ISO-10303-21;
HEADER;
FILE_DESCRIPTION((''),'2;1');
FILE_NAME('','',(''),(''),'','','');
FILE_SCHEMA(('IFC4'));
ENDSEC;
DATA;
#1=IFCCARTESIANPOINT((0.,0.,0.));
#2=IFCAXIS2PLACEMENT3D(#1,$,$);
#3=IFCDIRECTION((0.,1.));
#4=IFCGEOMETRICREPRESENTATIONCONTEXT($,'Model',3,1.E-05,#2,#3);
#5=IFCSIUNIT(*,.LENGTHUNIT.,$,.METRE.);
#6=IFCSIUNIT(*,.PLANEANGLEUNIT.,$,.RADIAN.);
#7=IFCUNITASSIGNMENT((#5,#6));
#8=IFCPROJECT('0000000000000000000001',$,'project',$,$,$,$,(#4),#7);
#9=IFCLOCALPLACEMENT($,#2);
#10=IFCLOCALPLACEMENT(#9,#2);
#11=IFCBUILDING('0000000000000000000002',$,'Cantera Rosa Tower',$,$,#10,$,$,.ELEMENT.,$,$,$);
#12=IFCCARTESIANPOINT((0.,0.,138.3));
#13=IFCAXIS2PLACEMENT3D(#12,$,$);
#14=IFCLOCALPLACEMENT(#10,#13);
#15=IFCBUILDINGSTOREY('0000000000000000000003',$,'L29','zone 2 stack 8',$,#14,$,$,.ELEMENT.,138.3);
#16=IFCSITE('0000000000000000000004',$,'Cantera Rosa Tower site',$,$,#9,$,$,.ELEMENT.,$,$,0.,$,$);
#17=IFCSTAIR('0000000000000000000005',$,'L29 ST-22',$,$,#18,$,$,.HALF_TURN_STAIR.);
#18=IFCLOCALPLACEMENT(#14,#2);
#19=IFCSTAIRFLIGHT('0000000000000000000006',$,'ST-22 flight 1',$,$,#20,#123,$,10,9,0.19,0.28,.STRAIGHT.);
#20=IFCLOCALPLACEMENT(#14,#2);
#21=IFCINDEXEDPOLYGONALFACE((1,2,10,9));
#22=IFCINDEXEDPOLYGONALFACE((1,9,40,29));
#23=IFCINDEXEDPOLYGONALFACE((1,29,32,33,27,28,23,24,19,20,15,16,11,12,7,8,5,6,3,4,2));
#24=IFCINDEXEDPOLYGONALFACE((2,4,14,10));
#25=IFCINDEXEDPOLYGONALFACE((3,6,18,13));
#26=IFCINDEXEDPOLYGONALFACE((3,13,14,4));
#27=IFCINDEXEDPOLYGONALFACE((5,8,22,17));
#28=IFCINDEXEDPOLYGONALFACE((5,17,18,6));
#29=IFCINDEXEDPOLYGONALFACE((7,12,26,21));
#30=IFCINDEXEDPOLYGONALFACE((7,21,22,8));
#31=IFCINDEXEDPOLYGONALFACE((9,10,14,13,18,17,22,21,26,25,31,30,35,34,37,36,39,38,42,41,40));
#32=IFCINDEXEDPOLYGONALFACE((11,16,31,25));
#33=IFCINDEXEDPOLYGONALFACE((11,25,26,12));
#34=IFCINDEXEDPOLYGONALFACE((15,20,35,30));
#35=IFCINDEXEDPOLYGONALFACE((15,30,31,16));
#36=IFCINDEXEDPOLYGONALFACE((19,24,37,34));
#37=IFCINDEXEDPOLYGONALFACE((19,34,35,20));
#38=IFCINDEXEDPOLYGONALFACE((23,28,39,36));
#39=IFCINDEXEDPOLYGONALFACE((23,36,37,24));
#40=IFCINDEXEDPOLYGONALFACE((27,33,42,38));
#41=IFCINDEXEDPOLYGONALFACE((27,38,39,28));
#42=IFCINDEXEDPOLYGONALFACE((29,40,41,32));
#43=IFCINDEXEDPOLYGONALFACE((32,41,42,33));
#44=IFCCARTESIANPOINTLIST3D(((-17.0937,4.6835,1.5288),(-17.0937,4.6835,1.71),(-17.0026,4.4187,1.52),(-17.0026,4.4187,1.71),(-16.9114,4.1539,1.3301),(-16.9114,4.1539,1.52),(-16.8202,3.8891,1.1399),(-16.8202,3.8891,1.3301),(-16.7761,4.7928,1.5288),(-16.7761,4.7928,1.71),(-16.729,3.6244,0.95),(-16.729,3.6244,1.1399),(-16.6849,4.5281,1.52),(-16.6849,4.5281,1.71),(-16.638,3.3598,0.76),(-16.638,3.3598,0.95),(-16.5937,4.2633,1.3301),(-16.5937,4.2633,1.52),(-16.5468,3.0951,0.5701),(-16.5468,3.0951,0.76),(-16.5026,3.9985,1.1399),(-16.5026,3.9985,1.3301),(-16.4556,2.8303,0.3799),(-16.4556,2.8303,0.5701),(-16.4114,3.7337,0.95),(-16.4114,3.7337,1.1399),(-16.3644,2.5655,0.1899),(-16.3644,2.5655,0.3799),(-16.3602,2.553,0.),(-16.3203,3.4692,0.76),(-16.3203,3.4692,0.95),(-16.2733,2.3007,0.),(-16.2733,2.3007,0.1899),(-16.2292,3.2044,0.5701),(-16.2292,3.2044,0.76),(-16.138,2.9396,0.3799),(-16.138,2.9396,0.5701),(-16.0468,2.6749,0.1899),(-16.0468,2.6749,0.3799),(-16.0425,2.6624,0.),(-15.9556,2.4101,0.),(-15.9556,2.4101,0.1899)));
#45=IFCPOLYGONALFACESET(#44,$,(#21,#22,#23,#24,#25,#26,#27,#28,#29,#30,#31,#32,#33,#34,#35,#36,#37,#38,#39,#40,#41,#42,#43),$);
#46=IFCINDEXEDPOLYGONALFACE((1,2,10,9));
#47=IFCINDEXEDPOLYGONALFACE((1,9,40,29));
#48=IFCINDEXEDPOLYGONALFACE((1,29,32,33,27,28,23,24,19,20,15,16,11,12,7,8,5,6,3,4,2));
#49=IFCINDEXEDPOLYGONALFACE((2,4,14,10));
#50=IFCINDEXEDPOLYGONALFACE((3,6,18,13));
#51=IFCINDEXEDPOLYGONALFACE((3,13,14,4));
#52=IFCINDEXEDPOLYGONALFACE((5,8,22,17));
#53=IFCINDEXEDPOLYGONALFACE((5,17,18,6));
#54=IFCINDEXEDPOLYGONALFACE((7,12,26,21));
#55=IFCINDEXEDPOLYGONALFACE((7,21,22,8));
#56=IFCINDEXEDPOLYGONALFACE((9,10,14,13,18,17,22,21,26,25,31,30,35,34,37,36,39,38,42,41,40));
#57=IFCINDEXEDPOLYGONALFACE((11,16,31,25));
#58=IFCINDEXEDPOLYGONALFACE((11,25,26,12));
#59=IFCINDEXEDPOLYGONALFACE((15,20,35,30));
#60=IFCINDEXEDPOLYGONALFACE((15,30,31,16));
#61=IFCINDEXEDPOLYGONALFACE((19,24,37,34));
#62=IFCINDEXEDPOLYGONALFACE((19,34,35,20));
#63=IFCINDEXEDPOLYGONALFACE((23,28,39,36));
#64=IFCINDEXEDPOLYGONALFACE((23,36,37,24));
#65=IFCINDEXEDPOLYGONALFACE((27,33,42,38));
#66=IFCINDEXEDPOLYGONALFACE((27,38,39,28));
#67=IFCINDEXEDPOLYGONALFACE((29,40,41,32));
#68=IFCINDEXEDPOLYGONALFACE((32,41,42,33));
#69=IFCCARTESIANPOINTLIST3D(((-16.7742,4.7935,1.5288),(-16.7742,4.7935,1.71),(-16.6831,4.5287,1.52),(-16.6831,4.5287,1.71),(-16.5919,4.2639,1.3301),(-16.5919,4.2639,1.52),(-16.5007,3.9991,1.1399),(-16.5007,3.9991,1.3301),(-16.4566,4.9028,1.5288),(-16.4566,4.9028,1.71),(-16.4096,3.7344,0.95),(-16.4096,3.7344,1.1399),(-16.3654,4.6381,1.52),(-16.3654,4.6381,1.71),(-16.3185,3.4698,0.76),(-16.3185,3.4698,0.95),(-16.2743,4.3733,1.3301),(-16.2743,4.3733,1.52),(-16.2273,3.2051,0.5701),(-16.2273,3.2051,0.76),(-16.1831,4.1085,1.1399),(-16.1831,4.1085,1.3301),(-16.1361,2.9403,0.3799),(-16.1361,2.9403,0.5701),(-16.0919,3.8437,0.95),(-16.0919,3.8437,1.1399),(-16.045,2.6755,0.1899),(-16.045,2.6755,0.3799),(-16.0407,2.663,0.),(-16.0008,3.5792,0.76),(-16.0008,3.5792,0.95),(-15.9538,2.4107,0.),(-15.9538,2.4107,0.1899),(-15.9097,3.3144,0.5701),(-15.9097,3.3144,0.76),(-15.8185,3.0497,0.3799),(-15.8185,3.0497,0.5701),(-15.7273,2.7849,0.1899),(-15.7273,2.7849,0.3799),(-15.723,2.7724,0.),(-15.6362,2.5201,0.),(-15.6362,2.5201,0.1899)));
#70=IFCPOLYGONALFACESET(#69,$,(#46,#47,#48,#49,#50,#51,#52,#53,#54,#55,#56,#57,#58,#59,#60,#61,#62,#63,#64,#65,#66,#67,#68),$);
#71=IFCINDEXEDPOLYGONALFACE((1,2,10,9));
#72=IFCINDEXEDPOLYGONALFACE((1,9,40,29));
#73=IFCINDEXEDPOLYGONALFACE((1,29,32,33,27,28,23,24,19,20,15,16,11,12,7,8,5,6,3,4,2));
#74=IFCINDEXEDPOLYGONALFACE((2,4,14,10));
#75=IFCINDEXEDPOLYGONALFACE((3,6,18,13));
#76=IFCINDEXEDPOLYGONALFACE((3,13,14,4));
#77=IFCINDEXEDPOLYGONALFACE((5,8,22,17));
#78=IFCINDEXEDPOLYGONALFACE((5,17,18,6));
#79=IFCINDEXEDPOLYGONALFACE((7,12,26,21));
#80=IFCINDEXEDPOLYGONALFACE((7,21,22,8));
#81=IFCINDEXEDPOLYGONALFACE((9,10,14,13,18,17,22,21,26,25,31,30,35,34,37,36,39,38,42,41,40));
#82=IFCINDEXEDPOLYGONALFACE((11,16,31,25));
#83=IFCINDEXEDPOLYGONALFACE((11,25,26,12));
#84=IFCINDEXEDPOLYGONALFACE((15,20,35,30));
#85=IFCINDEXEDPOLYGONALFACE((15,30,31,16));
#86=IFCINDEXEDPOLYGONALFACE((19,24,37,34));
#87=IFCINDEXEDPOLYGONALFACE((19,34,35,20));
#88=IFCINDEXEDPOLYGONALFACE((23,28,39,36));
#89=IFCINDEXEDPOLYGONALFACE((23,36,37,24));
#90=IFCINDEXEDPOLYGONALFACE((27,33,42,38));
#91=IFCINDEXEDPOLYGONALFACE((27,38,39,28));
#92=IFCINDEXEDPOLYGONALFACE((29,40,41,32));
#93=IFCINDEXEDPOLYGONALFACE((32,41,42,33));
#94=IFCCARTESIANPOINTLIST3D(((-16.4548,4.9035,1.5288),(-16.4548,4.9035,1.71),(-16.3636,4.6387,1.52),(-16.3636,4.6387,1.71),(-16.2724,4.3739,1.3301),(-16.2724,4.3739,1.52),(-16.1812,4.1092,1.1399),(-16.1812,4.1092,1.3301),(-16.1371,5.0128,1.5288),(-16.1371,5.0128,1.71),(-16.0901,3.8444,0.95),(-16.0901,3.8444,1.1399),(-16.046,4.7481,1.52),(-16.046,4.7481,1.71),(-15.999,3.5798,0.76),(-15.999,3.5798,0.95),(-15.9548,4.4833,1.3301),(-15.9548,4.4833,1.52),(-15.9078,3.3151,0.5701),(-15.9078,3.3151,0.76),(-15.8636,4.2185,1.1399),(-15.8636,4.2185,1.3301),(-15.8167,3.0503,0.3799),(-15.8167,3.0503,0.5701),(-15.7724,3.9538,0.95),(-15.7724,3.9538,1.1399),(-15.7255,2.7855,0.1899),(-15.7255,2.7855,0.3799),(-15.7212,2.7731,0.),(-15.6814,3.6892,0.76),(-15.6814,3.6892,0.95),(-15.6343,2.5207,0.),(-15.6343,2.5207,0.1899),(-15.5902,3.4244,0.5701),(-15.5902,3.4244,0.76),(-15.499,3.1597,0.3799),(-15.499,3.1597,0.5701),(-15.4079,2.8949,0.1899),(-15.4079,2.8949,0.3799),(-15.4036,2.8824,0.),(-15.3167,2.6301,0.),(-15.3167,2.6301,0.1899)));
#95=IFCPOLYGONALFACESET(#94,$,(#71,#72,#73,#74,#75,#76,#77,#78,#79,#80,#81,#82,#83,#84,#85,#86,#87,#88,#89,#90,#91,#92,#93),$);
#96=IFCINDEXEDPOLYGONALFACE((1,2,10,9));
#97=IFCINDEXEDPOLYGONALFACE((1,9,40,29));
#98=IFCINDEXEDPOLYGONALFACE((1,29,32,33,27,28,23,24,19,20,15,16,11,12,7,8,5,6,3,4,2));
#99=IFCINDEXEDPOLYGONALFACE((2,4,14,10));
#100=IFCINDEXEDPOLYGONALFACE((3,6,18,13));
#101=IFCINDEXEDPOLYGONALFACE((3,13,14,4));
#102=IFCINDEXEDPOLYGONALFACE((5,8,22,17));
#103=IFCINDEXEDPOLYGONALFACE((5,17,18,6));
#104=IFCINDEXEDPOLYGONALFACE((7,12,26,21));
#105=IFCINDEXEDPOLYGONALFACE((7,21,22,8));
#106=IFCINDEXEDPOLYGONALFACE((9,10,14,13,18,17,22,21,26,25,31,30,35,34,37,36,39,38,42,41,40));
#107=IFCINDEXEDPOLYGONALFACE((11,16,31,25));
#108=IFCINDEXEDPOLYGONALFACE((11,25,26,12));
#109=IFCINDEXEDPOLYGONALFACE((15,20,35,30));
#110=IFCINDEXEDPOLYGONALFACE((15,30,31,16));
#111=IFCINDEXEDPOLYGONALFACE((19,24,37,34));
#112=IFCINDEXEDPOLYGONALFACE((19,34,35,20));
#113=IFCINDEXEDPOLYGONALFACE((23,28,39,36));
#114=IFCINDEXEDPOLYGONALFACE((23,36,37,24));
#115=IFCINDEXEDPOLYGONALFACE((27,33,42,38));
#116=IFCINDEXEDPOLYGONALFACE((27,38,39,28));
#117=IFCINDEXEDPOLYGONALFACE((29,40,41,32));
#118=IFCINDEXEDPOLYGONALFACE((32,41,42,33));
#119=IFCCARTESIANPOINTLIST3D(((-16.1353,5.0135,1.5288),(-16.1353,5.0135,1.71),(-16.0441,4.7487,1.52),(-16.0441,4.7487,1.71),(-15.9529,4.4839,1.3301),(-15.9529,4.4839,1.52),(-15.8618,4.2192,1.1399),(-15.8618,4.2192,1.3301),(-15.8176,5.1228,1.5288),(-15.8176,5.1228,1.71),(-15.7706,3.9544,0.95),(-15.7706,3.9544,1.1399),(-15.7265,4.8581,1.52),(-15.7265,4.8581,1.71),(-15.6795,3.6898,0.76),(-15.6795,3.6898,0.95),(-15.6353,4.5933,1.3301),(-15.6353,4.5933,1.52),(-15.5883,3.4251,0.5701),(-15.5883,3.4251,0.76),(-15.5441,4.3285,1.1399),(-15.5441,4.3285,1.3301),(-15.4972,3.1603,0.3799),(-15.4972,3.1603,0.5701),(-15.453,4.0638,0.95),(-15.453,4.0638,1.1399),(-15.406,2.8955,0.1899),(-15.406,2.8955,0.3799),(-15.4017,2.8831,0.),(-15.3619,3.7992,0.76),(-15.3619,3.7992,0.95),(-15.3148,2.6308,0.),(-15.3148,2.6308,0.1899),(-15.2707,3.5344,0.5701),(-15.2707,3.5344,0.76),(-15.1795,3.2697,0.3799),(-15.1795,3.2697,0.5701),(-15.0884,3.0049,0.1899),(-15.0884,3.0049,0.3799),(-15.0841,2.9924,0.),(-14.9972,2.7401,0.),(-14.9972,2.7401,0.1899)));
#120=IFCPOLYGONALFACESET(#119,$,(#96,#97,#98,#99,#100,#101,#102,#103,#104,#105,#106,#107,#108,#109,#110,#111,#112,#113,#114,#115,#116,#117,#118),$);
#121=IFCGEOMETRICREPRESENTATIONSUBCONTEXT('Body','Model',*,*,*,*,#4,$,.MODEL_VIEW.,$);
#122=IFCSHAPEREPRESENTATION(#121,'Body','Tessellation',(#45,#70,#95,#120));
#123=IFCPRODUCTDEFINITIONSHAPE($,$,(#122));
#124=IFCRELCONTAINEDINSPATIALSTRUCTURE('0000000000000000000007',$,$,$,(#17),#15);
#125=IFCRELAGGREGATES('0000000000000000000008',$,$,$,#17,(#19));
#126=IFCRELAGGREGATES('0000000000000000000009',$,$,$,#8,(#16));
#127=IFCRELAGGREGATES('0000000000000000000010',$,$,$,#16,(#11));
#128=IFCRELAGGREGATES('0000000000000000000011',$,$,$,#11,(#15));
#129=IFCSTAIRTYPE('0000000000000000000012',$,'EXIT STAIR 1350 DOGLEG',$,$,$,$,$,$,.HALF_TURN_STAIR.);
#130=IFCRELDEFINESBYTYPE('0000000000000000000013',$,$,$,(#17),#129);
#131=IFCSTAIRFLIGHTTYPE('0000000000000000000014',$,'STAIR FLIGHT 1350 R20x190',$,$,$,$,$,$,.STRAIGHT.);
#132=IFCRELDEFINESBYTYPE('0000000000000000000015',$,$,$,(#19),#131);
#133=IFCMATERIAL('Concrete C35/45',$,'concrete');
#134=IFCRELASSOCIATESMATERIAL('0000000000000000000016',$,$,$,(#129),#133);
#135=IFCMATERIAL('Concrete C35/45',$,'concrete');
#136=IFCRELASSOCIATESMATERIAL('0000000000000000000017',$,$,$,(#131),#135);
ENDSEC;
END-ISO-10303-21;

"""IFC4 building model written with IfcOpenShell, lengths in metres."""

from ifc_helpers import new_model, si_unit, direction, frame, origin, place, context, subcontext, project, spatial, polyline, outline, extrude, material, type_object, element, aggregate, save


model = new_model("IFC4")

# Units and contexts
model_context = context("Model", 3, precision=1e-05, world=origin(), true_north=direction((0.0, 1.0)))
body_context = subcontext(model_context, "Body", "Model", "MODEL_VIEW")
ifc_project = project(units=[si_unit("LENGTHUNIT", "METRE"), si_unit("PLANEANGLEUNIT", "RADIAN")], contexts=[model_context])

# Site, building, storey
site_placement = place(None, origin())
site = spatial("IfcSite", under=ifc_project, at=site_placement, Name="Cantera Rosa Tower site", CompositionType="ELEMENT", RefElevation=0.0)
building_placement = place(site_placement, origin())
building = spatial("IfcBuilding", under=site, at=building_placement, Name="Cantera Rosa Tower", CompositionType="ELEMENT")
storey_placement = place(building_placement, frame((0.0, 0.0, 138.3)))
storey = spatial("IfcBuildingStorey", under=building, at=storey_placement, Name="L29", Description="zone 2 stack 8", CompositionType="ELEMENT", Elevation=138.3)

# Stair, stair flight
ifc_material_1 = material(Name="Concrete C35/45", Category="concrete")
stair_type = type_object("IfcStairType", Name="EXIT STAIR 1350 DOGLEG", PredefinedType="HALF_TURN_STAIR", material=ifc_material_1)
stair_placement = place(storey_placement, origin())
stair = element("IfcStair", 1, at=stair_placement, inside=storey, type_object=stair_type, Name="L29 ST-22", PredefinedType="HALF_TURN_STAIR")
ifc_material_2 = material(Name="Concrete C35/45", Category="concrete")
stair_flight_type = type_object("IfcStairFlightType", Name="STAIR FLIGHT 1350 R20x190", PredefinedType="STRAIGHT", material=ifc_material_2)
stair_flight_placement = place(storey_placement, frame((-15.635, 2.5205, 0.0), z_axis=(0.0, 0.0, 1.0), x_axis=(-0.325568, 0.945519, 0.0)))
stair_flight = element("IfcStairFlight", 2, at=stair_flight_placement, type_object=stair_flight_type, Name="ST-22 flight 1", NumberOfRisers=10, NumberOfTreads=9, PredefinedType="STRAIGHT", RiserHeight=0.19, TreadLength=0.28, context=body_context, shape_type="SweptSolid", body=[
    extrude(outline(polyline([(0.0, 0.0), (0.0, 0.1899), (0.28, 0.1899), (0.28, 0.3799), (0.5601, 0.3799), (0.5601, 0.5701), (0.8401, 0.5701), (0.8401, 0.76), (1.1201, 0.76), (1.1201, 0.95), (1.3999, 0.95), (1.3999, 1.1399), (1.6799, 1.1399), (1.6799, 1.3301), (1.96, 1.3301), (1.96, 1.52), (2.24, 1.52), (2.24, 1.71), (2.52, 1.71), (2.52, 1.8999), (2.52, 1.5288), (0.2668, 0.0), (0.0, 0.0)])), frame((0.0, 0.675, 0.0), z_axis=(0.0, -1.0, 0.0), x_axis=(1.0, 0.0, 0.0)), (0.0, 0.0, 1.0), 0.3359),
    extrude(outline(polyline([(0.0, 0.0), (0.0, 0.1899), (0.28, 0.1899), (0.28, 0.3799), (0.5601, 0.3799), (0.5601, 0.5701), (0.8401, 0.5701), (0.8401, 0.76), (1.1201, 0.76), (1.1201, 0.95), (1.3999, 0.95), (1.3999, 1.1399), (1.6799, 1.1399), (1.6799, 1.3301), (1.96, 1.3301), (1.96, 1.52), (2.24, 1.52), (2.24, 1.71), (2.52, 1.71), (2.52, 1.8999), (2.52, 1.5288), (0.2668, 0.0), (0.0, 0.0)])), frame((0.0, 0.3372, 0.0), z_axis=(0.0, -1.0, 0.0), x_axis=(1.0, 0.0, 0.0)), (0.0, 0.0, 1.0), 0.3359),
    extrude(outline(polyline([(0.0, 0.0), (0.0, 0.1899), (0.28, 0.1899), (0.28, 0.3799), (0.5601, 0.3799), (0.5601, 0.5701), (0.8401, 0.5701), (0.8401, 0.76), (1.1201, 0.76), (1.1201, 0.95), (1.3999, 0.95), (1.3999, 1.1399), (1.6799, 1.1399), (1.6799, 1.3301), (1.96, 1.3301), (1.96, 1.52), (2.24, 1.52), (2.24, 1.71), (2.52, 1.71), (2.52, 1.8999), (2.52, 1.5288), (0.2668, 0.0), (0.0, 0.0)])), frame((0.0, -0.0007, 0.0), z_axis=(0.0, -1.0, 0.0), x_axis=(1.0, 0.0, 0.0)), (0.0, 0.0, 1.0), 0.3359),
    extrude(outline(polyline([(0.0, 0.0), (0.0, 0.1899), (0.28, 0.1899), (0.28, 0.3799), (0.5601, 0.3799), (0.5601, 0.5701), (0.8401, 0.5701), (0.8401, 0.76), (1.1201, 0.76), (1.1201, 0.95), (1.3999, 0.95), (1.3999, 1.1399), (1.6799, 1.1399), (1.6799, 1.3301), (1.96, 1.3301), (1.96, 1.52), (2.24, 1.52), (2.24, 1.71), (2.52, 1.71), (2.52, 1.8999), (2.52, 1.5288), (0.2668, 0.0), (0.0, 0.0)])), frame((0.0, -0.3386, 0.0), z_axis=(0.0, -1.0, 0.0), x_axis=(1.0, 0.0, 0.0)), (0.0, 0.0, 1.0), 0.3359),
])
aggregate(stair, [stair_flight])

save(model, "model.ifc")
